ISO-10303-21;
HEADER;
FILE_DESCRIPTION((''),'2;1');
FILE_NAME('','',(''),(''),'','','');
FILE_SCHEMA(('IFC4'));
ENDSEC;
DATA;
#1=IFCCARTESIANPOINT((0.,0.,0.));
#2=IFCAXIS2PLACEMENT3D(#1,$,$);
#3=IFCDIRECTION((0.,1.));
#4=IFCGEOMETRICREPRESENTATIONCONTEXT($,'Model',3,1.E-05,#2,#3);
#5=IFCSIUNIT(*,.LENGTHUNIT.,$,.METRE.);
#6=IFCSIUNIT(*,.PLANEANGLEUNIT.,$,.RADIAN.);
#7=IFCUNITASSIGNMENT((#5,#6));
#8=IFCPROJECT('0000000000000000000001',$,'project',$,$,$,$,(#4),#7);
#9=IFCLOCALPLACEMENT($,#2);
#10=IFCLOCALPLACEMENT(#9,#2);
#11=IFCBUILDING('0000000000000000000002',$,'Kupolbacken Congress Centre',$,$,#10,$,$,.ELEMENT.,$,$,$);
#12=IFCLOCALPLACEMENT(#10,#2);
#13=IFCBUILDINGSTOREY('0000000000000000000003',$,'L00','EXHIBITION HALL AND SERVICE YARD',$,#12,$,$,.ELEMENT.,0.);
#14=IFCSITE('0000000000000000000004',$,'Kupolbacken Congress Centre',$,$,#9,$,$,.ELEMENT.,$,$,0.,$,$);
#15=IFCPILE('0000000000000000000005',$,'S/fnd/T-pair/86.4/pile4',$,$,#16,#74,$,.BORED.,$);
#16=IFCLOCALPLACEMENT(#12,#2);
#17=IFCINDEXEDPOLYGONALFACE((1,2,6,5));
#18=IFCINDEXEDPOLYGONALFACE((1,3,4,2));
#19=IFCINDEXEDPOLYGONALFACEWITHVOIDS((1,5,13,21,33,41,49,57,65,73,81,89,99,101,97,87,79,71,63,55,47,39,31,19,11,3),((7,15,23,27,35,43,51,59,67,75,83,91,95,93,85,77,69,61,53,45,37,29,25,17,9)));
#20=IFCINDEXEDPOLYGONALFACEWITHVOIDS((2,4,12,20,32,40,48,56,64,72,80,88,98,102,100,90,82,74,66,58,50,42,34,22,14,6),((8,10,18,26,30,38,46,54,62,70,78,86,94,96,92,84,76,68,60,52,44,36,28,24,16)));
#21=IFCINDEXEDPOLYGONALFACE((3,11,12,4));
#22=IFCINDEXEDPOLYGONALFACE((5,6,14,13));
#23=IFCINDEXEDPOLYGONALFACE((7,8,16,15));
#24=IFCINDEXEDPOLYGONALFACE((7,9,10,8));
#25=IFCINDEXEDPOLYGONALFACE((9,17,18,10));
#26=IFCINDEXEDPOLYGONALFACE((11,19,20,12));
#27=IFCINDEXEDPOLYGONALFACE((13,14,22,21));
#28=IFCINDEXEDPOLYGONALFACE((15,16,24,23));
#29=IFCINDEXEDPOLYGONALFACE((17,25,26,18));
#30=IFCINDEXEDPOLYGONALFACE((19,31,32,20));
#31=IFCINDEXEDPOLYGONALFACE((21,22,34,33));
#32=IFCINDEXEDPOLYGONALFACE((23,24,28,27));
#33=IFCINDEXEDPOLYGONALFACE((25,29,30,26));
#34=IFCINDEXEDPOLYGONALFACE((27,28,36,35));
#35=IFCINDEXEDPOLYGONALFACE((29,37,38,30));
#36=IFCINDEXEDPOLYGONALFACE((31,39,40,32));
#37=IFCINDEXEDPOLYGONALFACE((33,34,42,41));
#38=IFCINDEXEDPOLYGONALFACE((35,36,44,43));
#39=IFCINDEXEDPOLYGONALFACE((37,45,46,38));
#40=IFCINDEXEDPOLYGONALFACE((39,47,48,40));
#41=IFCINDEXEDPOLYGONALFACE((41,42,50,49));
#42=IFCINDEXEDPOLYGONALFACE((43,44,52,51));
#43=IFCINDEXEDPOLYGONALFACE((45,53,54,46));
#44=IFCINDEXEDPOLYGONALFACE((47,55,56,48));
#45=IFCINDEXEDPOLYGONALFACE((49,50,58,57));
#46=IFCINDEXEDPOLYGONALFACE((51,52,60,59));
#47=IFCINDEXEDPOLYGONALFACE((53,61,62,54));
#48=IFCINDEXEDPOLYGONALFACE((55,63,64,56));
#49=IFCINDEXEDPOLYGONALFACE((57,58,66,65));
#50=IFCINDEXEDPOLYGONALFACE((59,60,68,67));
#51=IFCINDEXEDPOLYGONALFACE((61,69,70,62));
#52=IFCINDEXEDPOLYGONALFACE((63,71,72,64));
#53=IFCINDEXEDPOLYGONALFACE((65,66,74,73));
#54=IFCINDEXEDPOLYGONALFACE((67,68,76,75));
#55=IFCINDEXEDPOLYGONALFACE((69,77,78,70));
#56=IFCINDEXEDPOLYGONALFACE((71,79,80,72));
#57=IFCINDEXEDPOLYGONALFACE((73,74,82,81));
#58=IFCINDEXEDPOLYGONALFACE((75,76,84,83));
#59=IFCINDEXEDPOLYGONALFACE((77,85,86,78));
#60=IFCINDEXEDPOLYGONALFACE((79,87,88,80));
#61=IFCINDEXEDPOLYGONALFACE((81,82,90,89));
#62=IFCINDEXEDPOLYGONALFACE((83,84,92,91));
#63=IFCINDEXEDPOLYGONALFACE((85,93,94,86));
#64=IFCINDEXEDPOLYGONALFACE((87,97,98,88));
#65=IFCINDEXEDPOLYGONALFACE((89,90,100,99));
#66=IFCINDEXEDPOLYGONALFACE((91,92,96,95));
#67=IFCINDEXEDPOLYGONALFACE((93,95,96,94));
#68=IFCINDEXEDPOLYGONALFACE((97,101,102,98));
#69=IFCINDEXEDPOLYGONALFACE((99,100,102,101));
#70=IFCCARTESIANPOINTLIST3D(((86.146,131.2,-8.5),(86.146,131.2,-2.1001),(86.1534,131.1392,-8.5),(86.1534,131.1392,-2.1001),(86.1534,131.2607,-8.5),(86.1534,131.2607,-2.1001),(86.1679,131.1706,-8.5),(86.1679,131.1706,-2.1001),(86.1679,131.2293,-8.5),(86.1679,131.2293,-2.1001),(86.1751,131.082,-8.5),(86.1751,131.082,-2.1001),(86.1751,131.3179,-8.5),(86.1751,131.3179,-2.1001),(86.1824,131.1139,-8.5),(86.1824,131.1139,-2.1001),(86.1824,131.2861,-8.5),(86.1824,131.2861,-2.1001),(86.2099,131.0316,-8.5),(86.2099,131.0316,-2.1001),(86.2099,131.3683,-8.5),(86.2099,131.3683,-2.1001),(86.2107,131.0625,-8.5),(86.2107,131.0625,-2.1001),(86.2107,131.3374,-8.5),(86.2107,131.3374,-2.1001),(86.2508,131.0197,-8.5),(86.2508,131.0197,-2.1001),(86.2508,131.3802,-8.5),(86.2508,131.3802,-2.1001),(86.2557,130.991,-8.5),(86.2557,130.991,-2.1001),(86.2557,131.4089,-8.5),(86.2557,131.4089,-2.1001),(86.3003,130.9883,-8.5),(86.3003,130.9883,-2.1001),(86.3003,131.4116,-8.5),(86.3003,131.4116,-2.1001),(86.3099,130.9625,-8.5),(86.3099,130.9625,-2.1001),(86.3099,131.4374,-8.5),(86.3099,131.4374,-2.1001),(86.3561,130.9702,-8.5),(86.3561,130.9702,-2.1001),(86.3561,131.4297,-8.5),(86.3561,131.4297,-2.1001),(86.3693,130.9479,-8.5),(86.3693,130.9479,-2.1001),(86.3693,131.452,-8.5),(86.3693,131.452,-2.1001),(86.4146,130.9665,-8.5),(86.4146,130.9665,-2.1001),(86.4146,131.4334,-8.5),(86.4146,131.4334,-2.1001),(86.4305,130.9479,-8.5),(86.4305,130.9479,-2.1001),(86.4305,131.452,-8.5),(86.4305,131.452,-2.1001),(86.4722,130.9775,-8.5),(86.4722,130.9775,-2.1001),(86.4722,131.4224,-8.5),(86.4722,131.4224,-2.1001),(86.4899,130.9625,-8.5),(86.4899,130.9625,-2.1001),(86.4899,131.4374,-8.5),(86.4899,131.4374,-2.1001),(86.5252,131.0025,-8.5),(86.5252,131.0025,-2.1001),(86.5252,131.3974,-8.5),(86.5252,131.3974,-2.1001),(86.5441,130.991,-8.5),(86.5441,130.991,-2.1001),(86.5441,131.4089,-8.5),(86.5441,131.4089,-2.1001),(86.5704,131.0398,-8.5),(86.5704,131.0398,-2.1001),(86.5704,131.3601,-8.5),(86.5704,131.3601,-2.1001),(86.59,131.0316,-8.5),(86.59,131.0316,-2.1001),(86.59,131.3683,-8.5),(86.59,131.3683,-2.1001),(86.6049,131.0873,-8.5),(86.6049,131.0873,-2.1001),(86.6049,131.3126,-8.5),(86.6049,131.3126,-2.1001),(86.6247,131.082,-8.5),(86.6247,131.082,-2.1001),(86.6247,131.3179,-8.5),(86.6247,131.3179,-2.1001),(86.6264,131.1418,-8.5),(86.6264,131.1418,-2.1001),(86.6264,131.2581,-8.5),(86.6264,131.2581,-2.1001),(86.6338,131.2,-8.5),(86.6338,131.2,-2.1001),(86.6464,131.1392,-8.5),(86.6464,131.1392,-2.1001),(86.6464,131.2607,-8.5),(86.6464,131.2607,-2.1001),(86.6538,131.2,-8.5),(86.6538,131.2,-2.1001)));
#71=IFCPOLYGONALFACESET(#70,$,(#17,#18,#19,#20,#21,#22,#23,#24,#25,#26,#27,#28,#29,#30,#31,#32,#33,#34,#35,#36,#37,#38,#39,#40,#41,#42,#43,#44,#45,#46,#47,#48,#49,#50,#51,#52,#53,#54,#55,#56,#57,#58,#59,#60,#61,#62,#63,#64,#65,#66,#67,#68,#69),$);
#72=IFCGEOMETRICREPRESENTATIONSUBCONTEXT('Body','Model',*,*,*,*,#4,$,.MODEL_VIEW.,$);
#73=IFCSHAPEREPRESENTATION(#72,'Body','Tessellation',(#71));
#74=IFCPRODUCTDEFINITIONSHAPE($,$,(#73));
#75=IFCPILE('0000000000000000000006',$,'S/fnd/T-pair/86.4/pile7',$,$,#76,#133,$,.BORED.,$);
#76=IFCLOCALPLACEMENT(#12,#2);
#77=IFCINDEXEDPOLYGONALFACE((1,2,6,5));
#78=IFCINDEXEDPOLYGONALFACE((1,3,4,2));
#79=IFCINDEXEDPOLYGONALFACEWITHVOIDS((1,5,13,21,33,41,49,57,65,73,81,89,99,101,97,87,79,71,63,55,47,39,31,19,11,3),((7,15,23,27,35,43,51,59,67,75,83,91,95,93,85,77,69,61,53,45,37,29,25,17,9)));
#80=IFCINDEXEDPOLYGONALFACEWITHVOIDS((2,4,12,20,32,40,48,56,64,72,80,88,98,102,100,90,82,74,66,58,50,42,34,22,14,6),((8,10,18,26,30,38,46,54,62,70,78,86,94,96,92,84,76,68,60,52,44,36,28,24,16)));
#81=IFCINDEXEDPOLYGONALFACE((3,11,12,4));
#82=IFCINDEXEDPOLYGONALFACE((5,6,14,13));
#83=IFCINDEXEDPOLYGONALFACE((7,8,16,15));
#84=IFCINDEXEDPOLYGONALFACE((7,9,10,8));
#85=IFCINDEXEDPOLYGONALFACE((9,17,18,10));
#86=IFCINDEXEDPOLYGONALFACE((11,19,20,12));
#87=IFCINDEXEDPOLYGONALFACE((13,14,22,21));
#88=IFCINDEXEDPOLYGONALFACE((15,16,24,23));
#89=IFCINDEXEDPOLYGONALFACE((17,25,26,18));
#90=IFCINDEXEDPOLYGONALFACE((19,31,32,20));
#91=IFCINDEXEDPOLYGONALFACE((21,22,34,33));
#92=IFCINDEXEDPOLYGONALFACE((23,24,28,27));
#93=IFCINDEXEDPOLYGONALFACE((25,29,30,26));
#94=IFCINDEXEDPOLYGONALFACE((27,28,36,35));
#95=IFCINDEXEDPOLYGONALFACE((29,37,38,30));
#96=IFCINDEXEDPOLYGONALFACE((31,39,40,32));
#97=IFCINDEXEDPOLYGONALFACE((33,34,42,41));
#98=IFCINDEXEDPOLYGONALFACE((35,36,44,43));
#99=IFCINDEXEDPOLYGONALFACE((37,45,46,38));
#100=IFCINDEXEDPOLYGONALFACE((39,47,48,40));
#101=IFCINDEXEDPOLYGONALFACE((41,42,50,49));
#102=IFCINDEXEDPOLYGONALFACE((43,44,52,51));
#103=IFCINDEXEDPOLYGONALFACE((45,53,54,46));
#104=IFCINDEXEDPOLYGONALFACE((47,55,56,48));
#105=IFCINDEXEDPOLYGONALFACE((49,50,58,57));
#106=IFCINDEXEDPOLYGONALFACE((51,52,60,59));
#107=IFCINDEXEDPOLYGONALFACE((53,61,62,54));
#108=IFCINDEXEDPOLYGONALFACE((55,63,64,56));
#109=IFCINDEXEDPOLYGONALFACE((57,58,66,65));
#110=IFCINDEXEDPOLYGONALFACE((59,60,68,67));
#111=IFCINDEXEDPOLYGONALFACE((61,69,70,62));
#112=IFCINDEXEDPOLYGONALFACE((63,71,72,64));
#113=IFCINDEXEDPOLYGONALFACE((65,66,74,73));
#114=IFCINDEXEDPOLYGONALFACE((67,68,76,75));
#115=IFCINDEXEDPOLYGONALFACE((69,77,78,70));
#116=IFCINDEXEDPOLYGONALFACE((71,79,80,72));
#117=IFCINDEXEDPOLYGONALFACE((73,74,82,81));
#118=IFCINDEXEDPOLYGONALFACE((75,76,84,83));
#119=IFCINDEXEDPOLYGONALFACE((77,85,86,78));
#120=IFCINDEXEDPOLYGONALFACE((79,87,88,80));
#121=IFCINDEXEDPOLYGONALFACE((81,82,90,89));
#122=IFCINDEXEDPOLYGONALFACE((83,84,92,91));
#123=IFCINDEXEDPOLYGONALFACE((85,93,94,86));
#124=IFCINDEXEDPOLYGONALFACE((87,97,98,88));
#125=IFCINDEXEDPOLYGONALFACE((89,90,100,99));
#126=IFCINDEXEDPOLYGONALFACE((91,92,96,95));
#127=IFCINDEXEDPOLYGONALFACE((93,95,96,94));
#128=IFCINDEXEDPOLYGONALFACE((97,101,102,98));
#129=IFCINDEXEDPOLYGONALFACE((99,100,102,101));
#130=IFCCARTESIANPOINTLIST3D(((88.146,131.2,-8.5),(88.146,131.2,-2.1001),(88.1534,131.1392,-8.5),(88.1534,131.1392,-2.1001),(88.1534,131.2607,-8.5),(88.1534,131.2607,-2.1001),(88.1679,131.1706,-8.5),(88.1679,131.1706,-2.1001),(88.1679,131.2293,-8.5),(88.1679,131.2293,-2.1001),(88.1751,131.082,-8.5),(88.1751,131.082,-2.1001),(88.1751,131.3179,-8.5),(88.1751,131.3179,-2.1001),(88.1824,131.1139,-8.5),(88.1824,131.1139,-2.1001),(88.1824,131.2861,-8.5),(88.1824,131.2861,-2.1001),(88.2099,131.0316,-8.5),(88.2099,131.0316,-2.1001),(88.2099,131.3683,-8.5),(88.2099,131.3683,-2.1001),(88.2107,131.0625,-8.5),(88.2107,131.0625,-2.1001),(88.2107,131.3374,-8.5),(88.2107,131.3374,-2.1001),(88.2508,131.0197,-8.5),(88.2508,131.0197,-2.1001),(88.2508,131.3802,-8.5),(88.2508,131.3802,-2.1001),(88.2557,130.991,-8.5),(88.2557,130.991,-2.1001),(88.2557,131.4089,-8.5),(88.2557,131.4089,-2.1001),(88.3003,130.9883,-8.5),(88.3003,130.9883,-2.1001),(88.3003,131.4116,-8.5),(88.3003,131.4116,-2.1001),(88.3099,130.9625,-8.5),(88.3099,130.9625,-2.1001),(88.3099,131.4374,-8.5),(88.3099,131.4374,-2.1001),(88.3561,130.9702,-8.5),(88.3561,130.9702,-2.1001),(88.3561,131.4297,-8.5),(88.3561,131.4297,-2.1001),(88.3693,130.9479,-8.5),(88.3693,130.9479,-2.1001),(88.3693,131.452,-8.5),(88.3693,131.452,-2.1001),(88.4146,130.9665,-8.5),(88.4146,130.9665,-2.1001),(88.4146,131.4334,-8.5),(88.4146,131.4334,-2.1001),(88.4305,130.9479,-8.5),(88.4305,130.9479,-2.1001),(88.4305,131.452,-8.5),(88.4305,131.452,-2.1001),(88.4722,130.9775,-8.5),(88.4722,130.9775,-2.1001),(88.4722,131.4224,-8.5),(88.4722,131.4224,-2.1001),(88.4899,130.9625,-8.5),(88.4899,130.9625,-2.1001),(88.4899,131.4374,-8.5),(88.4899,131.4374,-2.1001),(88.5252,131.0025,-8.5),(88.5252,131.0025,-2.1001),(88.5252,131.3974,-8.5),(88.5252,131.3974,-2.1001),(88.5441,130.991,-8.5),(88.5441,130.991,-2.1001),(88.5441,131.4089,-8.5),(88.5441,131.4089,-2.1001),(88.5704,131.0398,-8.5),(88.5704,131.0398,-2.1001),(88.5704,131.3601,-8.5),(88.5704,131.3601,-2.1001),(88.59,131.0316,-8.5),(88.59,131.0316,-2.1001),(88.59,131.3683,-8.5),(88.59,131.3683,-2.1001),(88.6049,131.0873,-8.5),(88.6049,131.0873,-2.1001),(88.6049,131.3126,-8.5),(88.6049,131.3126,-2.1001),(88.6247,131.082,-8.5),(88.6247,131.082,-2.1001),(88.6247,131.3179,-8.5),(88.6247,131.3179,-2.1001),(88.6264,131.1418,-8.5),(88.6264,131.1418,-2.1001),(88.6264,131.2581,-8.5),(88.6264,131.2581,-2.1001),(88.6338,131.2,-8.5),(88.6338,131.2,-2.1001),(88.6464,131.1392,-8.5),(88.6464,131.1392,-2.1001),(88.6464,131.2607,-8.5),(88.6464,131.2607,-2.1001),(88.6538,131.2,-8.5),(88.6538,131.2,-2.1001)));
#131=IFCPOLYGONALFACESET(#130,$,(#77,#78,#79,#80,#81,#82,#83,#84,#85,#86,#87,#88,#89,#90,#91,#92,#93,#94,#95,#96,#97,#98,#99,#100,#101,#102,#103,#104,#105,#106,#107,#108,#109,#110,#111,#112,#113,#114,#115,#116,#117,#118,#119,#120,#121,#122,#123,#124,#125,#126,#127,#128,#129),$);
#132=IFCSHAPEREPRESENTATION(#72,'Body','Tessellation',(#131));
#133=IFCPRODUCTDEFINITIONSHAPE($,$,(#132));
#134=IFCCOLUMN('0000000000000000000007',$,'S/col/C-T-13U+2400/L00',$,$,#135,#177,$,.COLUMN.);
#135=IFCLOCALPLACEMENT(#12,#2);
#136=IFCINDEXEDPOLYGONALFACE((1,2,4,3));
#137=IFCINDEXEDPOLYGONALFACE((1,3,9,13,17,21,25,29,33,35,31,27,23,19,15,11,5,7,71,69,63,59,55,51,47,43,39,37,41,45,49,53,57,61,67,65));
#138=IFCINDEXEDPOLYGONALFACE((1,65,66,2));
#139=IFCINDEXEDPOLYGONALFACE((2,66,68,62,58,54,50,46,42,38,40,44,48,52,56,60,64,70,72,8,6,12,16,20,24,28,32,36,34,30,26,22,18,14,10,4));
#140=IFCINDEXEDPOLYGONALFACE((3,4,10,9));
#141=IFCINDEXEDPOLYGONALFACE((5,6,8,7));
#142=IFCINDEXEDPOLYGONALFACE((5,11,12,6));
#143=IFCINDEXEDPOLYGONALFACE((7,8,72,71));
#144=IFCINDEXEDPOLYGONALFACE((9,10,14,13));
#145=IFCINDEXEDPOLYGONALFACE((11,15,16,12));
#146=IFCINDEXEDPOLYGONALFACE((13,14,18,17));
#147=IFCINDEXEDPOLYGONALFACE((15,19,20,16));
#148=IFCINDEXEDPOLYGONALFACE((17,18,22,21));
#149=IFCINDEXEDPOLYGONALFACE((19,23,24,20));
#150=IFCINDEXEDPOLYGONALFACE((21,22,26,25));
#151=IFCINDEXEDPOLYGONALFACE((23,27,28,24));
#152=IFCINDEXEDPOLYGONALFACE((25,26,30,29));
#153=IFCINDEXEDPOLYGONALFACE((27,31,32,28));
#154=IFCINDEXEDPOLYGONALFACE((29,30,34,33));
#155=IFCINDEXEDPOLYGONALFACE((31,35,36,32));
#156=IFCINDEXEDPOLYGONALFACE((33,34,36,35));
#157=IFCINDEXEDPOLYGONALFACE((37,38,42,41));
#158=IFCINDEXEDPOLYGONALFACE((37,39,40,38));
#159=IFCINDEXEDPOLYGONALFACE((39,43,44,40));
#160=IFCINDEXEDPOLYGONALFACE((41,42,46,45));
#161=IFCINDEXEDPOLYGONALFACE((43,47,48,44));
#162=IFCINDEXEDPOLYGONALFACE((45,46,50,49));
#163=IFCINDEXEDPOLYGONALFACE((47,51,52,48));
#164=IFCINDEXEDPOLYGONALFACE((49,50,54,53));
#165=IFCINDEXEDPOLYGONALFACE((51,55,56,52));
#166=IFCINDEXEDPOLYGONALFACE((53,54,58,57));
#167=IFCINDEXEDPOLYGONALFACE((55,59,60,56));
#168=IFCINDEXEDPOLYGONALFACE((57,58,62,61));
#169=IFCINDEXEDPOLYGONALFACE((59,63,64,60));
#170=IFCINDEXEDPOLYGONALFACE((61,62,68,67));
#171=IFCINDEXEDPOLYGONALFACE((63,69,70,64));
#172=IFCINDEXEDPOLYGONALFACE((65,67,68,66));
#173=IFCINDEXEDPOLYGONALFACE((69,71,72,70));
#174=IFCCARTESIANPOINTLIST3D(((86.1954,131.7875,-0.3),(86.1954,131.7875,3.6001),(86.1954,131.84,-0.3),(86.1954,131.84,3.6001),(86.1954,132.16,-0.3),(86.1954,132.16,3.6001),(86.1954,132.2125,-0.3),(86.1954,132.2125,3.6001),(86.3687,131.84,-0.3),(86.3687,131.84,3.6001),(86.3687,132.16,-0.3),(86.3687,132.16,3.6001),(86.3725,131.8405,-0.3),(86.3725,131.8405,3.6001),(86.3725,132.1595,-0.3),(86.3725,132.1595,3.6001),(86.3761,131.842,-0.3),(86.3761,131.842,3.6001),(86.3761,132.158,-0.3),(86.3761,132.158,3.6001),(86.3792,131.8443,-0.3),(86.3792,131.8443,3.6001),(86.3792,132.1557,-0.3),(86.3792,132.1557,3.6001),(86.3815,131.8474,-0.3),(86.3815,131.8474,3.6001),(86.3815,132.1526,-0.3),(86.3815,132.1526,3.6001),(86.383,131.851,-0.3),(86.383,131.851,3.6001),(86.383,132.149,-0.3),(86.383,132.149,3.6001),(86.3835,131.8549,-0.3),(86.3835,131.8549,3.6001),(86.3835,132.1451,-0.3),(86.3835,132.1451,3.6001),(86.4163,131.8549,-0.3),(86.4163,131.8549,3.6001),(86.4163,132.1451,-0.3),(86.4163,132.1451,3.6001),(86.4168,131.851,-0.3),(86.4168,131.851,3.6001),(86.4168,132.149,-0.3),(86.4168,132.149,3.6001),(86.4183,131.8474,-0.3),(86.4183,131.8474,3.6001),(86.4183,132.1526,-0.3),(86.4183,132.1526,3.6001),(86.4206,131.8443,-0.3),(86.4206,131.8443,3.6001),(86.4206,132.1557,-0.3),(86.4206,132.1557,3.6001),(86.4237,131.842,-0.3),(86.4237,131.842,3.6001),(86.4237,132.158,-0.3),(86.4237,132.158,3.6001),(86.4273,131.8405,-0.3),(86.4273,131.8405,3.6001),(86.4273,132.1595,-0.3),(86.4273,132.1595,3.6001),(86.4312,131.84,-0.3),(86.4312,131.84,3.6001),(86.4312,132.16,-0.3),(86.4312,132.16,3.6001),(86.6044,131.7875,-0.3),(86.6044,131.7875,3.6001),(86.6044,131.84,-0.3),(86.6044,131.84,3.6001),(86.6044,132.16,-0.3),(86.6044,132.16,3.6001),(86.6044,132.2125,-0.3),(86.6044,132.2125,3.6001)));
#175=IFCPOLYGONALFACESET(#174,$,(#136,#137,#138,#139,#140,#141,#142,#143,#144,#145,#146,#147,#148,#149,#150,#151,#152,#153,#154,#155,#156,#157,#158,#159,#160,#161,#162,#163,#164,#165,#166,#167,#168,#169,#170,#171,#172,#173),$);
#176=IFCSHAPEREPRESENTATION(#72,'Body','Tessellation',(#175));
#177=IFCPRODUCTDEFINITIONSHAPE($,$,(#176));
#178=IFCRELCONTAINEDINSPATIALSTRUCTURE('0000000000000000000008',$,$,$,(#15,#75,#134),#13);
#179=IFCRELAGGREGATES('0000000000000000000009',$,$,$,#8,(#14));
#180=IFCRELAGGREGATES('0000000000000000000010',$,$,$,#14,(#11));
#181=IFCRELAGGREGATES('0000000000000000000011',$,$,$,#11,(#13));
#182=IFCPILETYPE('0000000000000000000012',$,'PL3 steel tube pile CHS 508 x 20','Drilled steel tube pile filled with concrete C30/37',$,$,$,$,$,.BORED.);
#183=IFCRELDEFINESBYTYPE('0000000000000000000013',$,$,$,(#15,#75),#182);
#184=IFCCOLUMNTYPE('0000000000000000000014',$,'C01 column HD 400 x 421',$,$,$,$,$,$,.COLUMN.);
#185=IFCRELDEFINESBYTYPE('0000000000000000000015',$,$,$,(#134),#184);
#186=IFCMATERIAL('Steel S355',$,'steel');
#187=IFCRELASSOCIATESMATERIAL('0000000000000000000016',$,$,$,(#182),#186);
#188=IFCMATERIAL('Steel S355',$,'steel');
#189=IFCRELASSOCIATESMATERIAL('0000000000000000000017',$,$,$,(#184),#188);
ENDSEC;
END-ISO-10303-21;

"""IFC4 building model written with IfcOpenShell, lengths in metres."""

from ifc_helpers import new_model, si_unit, direction, frame, origin, origin_2d, place, context, subcontext, project, spatial, hollow_circle, i_section, extrude, material, material_profile, profile_set, type_object, element, save


model = new_model("IFC4")

# Units and contexts
model_context = context("Model", 3, precision=1e-05, world=origin(), true_north=direction((0.0, 1.0)))
body_context = subcontext(model_context, "Body", "Model", "MODEL_VIEW")
ifc_project = project(units=[si_unit("LENGTHUNIT", "METRE"), si_unit("PLANEANGLEUNIT", "RADIAN")], contexts=[model_context])

# Site, building, storey
site_placement = place(None, origin())
site = spatial("IfcSite", under=ifc_project, at=site_placement, Name="Kupolbacken Congress Centre", CompositionType="ELEMENT", RefElevation=0.0)
building_placement = place(site_placement, origin())
building = spatial("IfcBuilding", under=site, at=building_placement, Name="Kupolbacken Congress Centre", CompositionType="ELEMENT")
storey_placement = place(building_placement, origin())
storey = spatial("IfcBuildingStorey", under=building, at=storey_placement, Name="L00", Description="EXHIBITION HALL AND SERVICE YARD", CompositionType="ELEMENT", Elevation=0.0)

# Piles
ifc_material_1 = material(Name="Steel S355", Category="steel")
ifc_material_profile_1 = material_profile(ifc_material_1, hollow_circle(Radius=0.2539, WallThickness=0.02, at=origin_2d()), Name="CHS 508 x 20")
ifc_profile_set_1 = profile_set([ifc_material_profile_1], Name="Steel S355")
pile_type = type_object("IfcPileType", Name="PL3 steel tube pile CHS 508 x 20", Description="Drilled steel tube pile filled with concrete C30/37", PredefinedType="BORED", material=ifc_profile_set_1)
for number, where, z_axis, x_axis, name in (
    (1, (86.3999, 131.2, -2.1001), (0.0, 0.0, -1.0), (1.0, 0.0, 0.0), "S/fnd/T-pair/86.4/pile4"),
    (2, (88.3999, 131.2, -2.1001), (0.0, 0.0, -1.0), (1.0, 0.0, 0.0), "S/fnd/T-pair/86.4/pile7"),
):
    element("IfcPile", number, at=place(storey_placement, frame(where, z_axis=z_axis, x_axis=x_axis)), inside=storey, type_object=pile_type, Name=name, PredefinedType="BORED", context=body_context, shape_type="SweptSolid", body=[
        extrude(hollow_circle(Radius=0.2539, WallThickness=0.02, at=origin_2d()), origin(), (0.0, 0.0, 1.0), 6.3999),
    ])

# Column
ifc_material_2 = material(Name="Steel S355", Category="steel")
ifc_material_profile_2 = material_profile(ifc_material_2, i_section(OverallWidth=0.4089, OverallDepth=0.425, WebThickness=0.0327, FlangeThickness=0.0525, FilletRadius=0.0149, at=origin_2d()), Name="HD 400 x 421")
ifc_profile_set_2 = profile_set([ifc_material_profile_2], Name="Steel S355")
column_type_1 = type_object("IfcColumnType", Name="C01 column HD 400 x 421", PredefinedType="COLUMN", material=ifc_profile_set_2)
column_1_placement = place(storey_placement, frame((86.3999, 132.0, -0.3), z_axis=(0.0, 0.0, 1.0), x_axis=(1.0, 0.0, 0.0)))
element("IfcColumn", 3, at=column_1_placement, inside=storey, type_object=column_type_1, Name="S/col/C-T-13U+2400/L00", PredefinedType="COLUMN", context=body_context, shape_type="SweptSolid", body=[
    extrude(i_section(OverallWidth=0.4089, OverallDepth=0.425, WebThickness=0.0327, FlangeThickness=0.0525, FilletRadius=0.0149, at=origin_2d()), origin(), (0.0, 0.0, 1.0), 3.9001),
])

save(model, "model.ifc")
